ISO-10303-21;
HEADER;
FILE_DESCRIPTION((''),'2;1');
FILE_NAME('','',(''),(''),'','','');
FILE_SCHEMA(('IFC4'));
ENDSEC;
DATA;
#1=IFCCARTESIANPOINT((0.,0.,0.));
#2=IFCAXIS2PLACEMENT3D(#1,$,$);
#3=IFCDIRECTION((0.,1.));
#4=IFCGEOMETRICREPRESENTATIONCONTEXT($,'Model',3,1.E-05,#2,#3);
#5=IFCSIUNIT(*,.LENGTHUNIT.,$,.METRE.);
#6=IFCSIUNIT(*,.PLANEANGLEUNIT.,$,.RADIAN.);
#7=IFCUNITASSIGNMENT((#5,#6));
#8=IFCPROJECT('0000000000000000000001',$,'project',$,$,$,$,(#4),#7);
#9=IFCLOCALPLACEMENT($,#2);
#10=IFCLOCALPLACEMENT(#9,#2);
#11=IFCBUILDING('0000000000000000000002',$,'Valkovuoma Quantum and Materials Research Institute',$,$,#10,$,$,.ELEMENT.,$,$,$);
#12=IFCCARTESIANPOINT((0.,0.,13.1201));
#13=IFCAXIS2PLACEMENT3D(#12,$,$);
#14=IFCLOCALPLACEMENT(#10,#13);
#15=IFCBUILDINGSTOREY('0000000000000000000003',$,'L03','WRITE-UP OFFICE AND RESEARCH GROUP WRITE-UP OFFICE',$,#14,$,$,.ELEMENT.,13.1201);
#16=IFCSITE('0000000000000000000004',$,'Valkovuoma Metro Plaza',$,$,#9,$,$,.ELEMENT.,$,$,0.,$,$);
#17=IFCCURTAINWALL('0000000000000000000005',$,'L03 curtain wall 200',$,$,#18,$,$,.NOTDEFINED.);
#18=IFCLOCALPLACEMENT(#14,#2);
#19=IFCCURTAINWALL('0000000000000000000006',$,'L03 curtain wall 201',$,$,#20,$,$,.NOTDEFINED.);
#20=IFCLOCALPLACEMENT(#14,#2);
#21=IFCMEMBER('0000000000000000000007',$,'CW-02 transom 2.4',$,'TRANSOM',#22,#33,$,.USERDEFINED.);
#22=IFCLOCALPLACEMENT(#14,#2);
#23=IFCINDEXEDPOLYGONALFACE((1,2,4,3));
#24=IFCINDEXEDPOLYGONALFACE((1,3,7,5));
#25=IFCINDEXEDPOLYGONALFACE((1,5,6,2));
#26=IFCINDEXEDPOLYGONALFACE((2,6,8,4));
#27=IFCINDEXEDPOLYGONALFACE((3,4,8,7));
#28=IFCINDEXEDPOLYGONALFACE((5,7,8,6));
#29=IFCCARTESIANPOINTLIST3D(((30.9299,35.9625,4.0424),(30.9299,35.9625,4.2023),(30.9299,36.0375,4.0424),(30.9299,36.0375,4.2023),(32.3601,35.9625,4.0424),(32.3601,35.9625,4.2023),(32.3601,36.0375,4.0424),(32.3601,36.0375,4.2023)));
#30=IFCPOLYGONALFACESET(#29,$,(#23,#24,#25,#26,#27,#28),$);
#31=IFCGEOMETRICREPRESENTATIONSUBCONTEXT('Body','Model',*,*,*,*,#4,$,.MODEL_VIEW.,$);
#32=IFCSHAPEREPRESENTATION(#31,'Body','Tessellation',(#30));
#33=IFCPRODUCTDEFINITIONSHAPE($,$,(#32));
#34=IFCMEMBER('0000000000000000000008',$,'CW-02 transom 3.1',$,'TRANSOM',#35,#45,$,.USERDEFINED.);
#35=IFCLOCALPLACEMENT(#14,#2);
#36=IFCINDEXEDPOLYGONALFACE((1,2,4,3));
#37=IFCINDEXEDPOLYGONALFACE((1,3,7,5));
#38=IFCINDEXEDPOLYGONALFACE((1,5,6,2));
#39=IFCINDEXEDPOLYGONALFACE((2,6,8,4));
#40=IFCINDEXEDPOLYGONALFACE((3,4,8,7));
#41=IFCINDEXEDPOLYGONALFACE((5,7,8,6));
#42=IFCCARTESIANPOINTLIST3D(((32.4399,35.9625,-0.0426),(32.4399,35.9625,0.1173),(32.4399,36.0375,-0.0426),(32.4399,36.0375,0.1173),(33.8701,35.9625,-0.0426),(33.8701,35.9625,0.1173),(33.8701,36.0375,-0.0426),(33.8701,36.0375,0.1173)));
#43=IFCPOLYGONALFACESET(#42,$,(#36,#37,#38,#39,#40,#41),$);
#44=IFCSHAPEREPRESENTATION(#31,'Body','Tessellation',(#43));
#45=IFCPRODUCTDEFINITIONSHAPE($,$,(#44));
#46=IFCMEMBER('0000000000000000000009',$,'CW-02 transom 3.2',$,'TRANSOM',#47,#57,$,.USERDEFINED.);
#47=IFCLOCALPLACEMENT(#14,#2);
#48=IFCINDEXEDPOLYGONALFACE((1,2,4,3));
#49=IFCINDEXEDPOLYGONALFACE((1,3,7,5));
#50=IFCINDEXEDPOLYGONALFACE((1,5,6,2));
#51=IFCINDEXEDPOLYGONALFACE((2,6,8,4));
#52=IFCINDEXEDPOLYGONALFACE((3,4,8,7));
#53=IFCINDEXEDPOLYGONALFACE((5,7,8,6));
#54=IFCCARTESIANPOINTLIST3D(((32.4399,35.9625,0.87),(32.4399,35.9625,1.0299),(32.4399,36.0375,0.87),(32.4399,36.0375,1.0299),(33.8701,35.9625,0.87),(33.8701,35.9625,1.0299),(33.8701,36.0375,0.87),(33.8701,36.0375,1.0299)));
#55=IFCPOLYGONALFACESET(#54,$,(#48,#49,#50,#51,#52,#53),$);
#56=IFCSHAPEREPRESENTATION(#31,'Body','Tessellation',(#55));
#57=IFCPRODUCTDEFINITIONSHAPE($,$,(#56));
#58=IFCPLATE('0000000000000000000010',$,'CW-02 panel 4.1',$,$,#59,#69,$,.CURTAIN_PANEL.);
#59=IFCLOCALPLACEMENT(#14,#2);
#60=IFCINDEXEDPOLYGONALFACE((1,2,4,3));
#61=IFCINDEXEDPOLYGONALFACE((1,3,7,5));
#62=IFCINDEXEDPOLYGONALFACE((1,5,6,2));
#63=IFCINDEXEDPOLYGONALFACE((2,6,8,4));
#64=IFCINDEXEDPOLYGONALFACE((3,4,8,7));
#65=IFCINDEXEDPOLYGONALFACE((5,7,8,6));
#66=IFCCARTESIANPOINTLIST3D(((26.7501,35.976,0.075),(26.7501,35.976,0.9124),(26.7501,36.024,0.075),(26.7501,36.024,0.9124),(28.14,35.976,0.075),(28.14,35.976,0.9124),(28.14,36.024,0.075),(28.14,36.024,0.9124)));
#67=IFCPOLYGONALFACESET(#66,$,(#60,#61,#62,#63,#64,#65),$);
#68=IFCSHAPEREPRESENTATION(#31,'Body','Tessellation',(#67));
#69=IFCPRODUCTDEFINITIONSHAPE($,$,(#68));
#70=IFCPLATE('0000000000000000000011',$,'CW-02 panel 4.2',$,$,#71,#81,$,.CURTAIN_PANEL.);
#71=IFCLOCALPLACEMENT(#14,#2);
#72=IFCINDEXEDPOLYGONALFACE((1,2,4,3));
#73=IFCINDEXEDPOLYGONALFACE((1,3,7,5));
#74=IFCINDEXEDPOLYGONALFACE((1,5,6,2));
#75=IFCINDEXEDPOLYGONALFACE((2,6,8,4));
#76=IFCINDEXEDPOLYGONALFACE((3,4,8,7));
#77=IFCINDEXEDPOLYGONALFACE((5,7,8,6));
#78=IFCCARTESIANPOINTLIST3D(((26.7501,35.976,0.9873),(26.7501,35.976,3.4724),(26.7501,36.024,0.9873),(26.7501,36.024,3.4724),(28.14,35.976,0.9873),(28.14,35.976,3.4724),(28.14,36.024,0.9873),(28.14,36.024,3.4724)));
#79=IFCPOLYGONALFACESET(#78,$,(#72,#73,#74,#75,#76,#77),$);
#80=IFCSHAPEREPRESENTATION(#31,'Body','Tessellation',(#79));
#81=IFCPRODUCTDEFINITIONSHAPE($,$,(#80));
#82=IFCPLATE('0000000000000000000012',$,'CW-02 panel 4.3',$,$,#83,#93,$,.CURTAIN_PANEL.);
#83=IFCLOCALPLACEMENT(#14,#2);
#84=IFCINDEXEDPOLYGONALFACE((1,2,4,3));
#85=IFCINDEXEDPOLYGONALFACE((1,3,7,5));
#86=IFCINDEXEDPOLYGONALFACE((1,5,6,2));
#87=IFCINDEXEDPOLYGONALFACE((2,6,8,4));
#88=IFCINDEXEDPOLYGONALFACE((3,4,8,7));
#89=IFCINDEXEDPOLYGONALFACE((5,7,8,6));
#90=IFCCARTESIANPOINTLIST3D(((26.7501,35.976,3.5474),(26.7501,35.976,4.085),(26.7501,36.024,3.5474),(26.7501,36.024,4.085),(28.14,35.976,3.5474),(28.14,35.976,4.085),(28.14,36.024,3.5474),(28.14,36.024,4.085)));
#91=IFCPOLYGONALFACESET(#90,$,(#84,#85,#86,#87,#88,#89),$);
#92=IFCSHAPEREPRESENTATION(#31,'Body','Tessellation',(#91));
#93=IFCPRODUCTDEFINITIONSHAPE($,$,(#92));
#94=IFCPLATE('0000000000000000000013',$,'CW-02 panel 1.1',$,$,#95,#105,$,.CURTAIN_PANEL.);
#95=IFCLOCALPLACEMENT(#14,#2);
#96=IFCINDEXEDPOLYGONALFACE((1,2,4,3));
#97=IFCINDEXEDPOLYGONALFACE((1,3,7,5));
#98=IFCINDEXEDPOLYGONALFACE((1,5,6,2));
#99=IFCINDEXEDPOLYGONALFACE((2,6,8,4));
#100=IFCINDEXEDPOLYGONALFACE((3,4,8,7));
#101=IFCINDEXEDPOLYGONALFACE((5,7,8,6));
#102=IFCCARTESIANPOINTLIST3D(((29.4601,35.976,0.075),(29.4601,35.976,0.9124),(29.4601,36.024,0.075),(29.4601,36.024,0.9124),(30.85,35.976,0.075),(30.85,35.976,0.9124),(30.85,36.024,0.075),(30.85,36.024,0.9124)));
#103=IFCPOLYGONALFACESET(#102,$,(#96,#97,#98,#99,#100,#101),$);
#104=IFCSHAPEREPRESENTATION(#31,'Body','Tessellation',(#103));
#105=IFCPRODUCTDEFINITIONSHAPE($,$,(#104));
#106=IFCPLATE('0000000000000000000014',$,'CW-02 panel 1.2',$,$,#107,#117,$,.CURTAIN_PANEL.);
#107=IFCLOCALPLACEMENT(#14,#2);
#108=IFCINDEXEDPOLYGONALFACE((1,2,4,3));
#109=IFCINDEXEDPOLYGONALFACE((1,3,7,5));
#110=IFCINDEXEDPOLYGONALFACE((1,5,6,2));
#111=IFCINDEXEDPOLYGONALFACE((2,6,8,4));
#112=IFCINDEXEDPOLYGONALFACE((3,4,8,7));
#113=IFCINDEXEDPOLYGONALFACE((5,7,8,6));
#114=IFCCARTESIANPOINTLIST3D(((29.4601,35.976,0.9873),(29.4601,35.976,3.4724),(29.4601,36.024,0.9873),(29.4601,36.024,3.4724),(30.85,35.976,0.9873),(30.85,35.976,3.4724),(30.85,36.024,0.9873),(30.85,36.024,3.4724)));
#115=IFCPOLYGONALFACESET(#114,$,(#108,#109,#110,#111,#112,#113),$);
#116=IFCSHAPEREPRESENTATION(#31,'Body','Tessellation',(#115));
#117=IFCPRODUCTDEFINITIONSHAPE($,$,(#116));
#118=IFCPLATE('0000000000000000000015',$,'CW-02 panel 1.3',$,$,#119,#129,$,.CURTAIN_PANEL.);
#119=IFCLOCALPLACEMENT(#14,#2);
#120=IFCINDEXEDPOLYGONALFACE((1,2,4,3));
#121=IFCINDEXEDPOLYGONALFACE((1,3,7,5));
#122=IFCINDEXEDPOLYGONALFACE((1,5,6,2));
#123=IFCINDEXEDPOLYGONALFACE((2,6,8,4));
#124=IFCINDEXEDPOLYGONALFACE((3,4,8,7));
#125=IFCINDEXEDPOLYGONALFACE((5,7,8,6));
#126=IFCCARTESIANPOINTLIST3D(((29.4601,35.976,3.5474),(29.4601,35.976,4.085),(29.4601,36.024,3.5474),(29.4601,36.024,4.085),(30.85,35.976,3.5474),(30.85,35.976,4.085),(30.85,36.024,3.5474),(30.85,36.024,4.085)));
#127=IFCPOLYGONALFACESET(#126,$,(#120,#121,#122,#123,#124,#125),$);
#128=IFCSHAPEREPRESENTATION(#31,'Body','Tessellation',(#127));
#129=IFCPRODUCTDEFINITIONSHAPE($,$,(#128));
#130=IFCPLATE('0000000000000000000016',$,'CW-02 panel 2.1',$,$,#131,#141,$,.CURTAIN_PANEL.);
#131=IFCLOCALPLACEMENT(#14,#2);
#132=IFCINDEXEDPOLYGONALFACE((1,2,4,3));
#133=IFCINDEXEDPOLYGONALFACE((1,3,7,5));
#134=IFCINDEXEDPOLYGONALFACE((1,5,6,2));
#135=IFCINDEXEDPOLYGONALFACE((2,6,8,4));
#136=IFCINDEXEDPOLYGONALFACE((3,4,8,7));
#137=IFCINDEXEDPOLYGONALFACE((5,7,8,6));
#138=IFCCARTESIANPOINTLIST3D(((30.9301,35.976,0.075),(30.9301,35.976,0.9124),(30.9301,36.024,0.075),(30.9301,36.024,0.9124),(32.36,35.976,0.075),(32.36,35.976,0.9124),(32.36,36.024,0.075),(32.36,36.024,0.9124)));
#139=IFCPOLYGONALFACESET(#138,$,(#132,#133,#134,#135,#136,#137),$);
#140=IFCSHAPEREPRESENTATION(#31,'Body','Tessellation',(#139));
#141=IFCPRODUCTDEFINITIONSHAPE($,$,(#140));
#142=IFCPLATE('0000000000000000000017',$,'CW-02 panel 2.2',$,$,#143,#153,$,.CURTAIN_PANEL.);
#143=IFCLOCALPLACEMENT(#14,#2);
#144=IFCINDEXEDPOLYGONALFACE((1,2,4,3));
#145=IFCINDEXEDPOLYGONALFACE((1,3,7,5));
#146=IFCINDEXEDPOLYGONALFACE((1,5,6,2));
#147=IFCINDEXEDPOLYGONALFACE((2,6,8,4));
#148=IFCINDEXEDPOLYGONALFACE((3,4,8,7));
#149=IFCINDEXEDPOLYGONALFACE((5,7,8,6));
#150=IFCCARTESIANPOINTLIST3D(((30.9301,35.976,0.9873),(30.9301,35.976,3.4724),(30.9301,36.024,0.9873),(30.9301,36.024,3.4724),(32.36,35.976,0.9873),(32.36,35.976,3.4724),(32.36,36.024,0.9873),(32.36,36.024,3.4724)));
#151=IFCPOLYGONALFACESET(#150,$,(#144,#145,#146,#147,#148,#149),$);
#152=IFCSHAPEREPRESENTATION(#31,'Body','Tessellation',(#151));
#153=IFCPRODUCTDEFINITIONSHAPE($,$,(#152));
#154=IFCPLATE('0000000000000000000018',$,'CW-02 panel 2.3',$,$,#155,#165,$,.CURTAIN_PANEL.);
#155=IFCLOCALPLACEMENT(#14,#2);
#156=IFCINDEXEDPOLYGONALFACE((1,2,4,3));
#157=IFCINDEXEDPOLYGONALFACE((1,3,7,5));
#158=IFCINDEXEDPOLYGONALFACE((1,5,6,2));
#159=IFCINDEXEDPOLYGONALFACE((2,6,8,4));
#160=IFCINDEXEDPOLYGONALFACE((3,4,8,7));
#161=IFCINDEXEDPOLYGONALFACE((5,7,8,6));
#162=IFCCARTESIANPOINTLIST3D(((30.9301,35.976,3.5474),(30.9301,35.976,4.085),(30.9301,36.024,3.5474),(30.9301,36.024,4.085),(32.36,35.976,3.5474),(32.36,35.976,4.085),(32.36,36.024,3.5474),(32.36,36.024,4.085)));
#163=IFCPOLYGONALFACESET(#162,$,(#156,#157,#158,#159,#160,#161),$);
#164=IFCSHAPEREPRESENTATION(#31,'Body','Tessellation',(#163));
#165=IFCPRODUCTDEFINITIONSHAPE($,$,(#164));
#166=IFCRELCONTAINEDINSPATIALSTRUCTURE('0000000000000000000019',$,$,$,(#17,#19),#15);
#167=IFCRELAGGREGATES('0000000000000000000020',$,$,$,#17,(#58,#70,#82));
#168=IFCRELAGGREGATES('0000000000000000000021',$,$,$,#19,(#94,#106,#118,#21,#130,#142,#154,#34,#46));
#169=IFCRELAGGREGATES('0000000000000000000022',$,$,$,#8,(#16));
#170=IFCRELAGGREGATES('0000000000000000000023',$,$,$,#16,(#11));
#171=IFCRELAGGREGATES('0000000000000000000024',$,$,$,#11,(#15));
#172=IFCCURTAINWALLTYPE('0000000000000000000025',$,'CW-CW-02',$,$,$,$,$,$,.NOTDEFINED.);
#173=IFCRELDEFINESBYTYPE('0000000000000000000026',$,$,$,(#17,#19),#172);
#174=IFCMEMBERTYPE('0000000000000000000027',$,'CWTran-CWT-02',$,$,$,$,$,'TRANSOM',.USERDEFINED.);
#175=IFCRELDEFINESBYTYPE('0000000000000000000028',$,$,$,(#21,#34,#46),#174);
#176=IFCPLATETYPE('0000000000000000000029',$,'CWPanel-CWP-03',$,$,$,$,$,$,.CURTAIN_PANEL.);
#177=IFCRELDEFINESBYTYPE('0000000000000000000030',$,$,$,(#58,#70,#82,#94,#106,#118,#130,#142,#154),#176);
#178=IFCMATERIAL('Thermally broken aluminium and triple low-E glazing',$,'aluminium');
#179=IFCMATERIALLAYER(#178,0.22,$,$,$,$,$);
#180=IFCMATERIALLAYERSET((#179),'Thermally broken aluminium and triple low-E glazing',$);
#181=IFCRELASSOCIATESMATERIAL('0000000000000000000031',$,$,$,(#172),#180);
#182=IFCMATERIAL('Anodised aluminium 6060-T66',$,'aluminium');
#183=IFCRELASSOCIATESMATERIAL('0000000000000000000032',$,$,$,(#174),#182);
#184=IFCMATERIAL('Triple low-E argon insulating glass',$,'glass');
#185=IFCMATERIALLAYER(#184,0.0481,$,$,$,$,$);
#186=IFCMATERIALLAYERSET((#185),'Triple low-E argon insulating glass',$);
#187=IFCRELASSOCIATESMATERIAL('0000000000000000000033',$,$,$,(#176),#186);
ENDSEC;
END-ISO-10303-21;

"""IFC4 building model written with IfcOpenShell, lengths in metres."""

from ifc_helpers import new_model, si_unit, direction, frame, origin, origin_2d, place, context, subcontext, project, spatial, rectangle, extrude, material, layer, layer_set, material_profile, profile_set, type_object, element, aggregate, save


model = new_model("IFC4")

# Units and contexts
model_context = context("Model", 3, precision=1e-05, world=origin(), true_north=direction((0.0, 1.0)))
body_context = subcontext(model_context, "Body", "Model", "MODEL_VIEW")
ifc_project = project(units=[si_unit("LENGTHUNIT", "METRE"), si_unit("PLANEANGLEUNIT", "RADIAN")], contexts=[model_context])

# Site, building, storey
site_placement = place(None, origin())
site = spatial("IfcSite", under=ifc_project, at=site_placement, Name="Valkovuoma Metro Plaza", CompositionType="ELEMENT", RefElevation=0.0)
building_placement = place(site_placement, origin())
building = spatial("IfcBuilding", under=site, at=building_placement, Name="Valkovuoma Quantum and Materials Research Institute", CompositionType="ELEMENT")
storey_placement = place(building_placement, frame((0.0, 0.0, 13.1201)))
storey = spatial("IfcBuildingStorey", under=building, at=storey_placement, Name="L03", Description="WRITE-UP OFFICE AND RESEARCH GROUP WRITE-UP OFFICE", CompositionType="ELEMENT", Elevation=13.1201)

# Curtain walls
ifc_material_1 = material(Name="Thermally broken aluminium and triple low-E glazing", Category="aluminium")
ifc_layer_1 = layer(ifc_material_1, 0.22)
ifc_layer_set_1 = layer_set([ifc_layer_1], Name="Thermally broken aluminium and triple low-E glazing")
curtain_wall_type = type_object("IfcCurtainWallType", Name="CW-CW-02", PredefinedType="NOTDEFINED", material=ifc_layer_set_1)
curtain_wall_1_placement = place(storey_placement, origin())
curtain_wall_1 = element("IfcCurtainWall", 1, at=curtain_wall_1_placement, inside=storey, type_object=curtain_wall_type, Name="L03 curtain wall 200", PredefinedType="NOTDEFINED")
curtain_wall_2_placement = place(storey_placement, origin())
curtain_wall_2 = element("IfcCurtainWall", 2, at=curtain_wall_2_placement, inside=storey, type_object=curtain_wall_type, Name="L03 curtain wall 201", PredefinedType="NOTDEFINED")

# Members
ifc_material_2 = material(Name="Anodised aluminium 6060-T66", Category="aluminium")
ifc_material_profile_1 = material_profile(ifc_material_2, rectangle(XDim=0.075, YDim=0.1599, at=origin_2d()), Name="Anodised aluminium 6060-T66")
ifc_profile_set_1 = profile_set([ifc_material_profile_1], Name="Anodised aluminium 6060-T66")
member_type_1 = type_object("IfcMemberType", Name="CWTran-CWT-02", ElementType="TRANSOM", PredefinedType="USERDEFINED", material=ifc_profile_set_1)
member_1_placement = place(storey_placement, frame((30.9299, 36.0, 4.1223), z_axis=(1.0, 0.0, 0.0), x_axis=(0.0, 1.0, 0.0)))
member_1 = element("IfcMember", 3, at=member_1_placement, type_object=member_type_1, Name="CW-02 transom 2.4", ObjectType="TRANSOM", PredefinedType="USERDEFINED", context=body_context, shape_type="SweptSolid", body=[
    extrude(rectangle(XDim=0.075, YDim=0.1599, at=origin_2d()), origin(), (0.0, 0.0, 1.0), 1.4302),
])
member_2_placement = place(storey_placement, frame((32.4399, 36.0, 0.0374), z_axis=(1.0, 0.0, 0.0), x_axis=(0.0, 1.0, 0.0)))
member_2 = element("IfcMember", 4, at=member_2_placement, type_object=member_type_1, Name="CW-02 transom 3.1", ObjectType="TRANSOM", PredefinedType="USERDEFINED", context=body_context, shape_type="SweptSolid", body=[
    extrude(rectangle(XDim=0.075, YDim=0.1599, at=origin_2d()), origin(), (0.0, 0.0, 1.0), 1.4302),
])
member_3_placement = place(storey_placement, frame((32.4399, 36.0, 0.95), z_axis=(1.0, 0.0, 0.0), x_axis=(0.0, 1.0, 0.0)))
member_3 = element("IfcMember", 5, at=member_3_placement, type_object=member_type_1, Name="CW-02 transom 3.2", ObjectType="TRANSOM", PredefinedType="USERDEFINED", context=body_context, shape_type="SweptSolid", body=[
    extrude(rectangle(XDim=0.075, YDim=0.1599, at=origin_2d()), origin(), (0.0, 0.0, 1.0), 1.4302),
])

# Plates
ifc_material_3 = material(Name="Triple low-E argon insulating glass", Category="glass")
ifc_layer_2 = layer(ifc_material_3, 0.0481)
ifc_layer_set_2 = layer_set([ifc_layer_2], Name="Triple low-E argon insulating glass")
plate_type = type_object("IfcPlateType", Name="CWPanel-CWP-03", PredefinedType="CURTAIN_PANEL", material=ifc_layer_set_2)
plate_1_placement = place(storey_placement, frame((27.4451, 36.0, 0.075), z_axis=(0.0, 0.0, 1.0), x_axis=(1.0, 0.0, 0.0)))
plate_1 = element("IfcPlate", 6, at=plate_1_placement, type_object=plate_type, Name="CW-02 panel 4.1", PredefinedType="CURTAIN_PANEL", context=body_context, shape_type="SweptSolid", body=[
    extrude(rectangle(XDim=1.3899, YDim=0.0481, at=origin_2d()), origin(), (0.0, 0.0, 1.0), 0.8374),
])
plate_2_placement = place(storey_placement, frame((27.4451, 36.0, 0.9873), z_axis=(0.0, 0.0, 1.0), x_axis=(1.0, 0.0, 0.0)))
plate_2 = element("IfcPlate", 7, at=plate_2_placement, type_object=plate_type, Name="CW-02 panel 4.2", PredefinedType="CURTAIN_PANEL", context=body_context, shape_type="SweptSolid", body=[
    extrude(rectangle(XDim=1.3899, YDim=0.0481, at=origin_2d()), origin(), (0.0, 0.0, 1.0), 2.4851),
])
plate_3_placement = place(storey_placement, frame((27.4451, 36.0, 3.5474), z_axis=(0.0, 0.0, 1.0), x_axis=(1.0, 0.0, 0.0)))
plate_3 = element("IfcPlate", 8, at=plate_3_placement, type_object=plate_type, Name="CW-02 panel 4.3", PredefinedType="CURTAIN_PANEL", context=body_context, shape_type="SweptSolid", body=[
    extrude(rectangle(XDim=1.3899, YDim=0.0481, at=origin_2d()), origin(), (0.0, 0.0, 1.0), 0.5376),
])
aggregate(curtain_wall_1, [plate_1, plate_2, plate_3])
plate_4_placement = place(storey_placement, frame((30.155, 36.0, 0.075), z_axis=(0.0, 0.0, 1.0), x_axis=(1.0, 0.0, 0.0)))
plate_4 = element("IfcPlate", 9, at=plate_4_placement, type_object=plate_type, Name="CW-02 panel 1.1", PredefinedType="CURTAIN_PANEL", context=body_context, shape_type="SweptSolid", body=[
    extrude(rectangle(XDim=1.3899, YDim=0.0481, at=origin_2d()), origin(), (0.0, 0.0, 1.0), 0.8374),
])
plate_5_placement = place(storey_placement, frame((30.155, 36.0, 0.9873), z_axis=(0.0, 0.0, 1.0), x_axis=(1.0, 0.0, 0.0)))
plate_5 = element("IfcPlate", 10, at=plate_5_placement, type_object=plate_type, Name="CW-02 panel 1.2", PredefinedType="CURTAIN_PANEL", context=body_context, shape_type="SweptSolid", body=[
    extrude(rectangle(XDim=1.3899, YDim=0.0481, at=origin_2d()), origin(), (0.0, 0.0, 1.0), 2.4851),
])
plate_6_placement = place(storey_placement, frame((30.155, 36.0, 3.5474), z_axis=(0.0, 0.0, 1.0), x_axis=(1.0, 0.0, 0.0)))
plate_6 = element("IfcPlate", 11, at=plate_6_placement, type_object=plate_type, Name="CW-02 panel 1.3", PredefinedType="CURTAIN_PANEL", context=body_context, shape_type="SweptSolid", body=[
    extrude(rectangle(XDim=1.3899, YDim=0.0481, at=origin_2d()), origin(), (0.0, 0.0, 1.0), 0.5376),
])
plate_7_placement = place(storey_placement, frame((31.645, 36.0, 0.075), z_axis=(0.0, 0.0, 1.0), x_axis=(1.0, 0.0, 0.0)))
plate_7 = element("IfcPlate", 12, at=plate_7_placement, type_object=plate_type, Name="CW-02 panel 2.1", PredefinedType="CURTAIN_PANEL", context=body_context, shape_type="SweptSolid", body=[
    extrude(rectangle(XDim=1.4299, YDim=0.0481, at=origin_2d()), origin(), (0.0, 0.0, 1.0), 0.8374),
])
plate_8_placement = place(storey_placement, frame((31.645, 36.0, 0.9873), z_axis=(0.0, 0.0, 1.0), x_axis=(1.0, 0.0, 0.0)))
plate_8 = element("IfcPlate", 13, at=plate_8_placement, type_object=plate_type, Name="CW-02 panel 2.2", PredefinedType="CURTAIN_PANEL", context=body_context, shape_type="SweptSolid", body=[
    extrude(rectangle(XDim=1.4299, YDim=0.0481, at=origin_2d()), origin(), (0.0, 0.0, 1.0), 2.4851),
])
plate_9_placement = place(storey_placement, frame((31.645, 36.0, 3.5474), z_axis=(0.0, 0.0, 1.0), x_axis=(1.0, 0.0, 0.0)))
plate_9 = element("IfcPlate", 14, at=plate_9_placement, type_object=plate_type, Name="CW-02 panel 2.3", PredefinedType="CURTAIN_PANEL", context=body_context, shape_type="SweptSolid", body=[
    extrude(rectangle(XDim=1.4299, YDim=0.0481, at=origin_2d()), origin(), (0.0, 0.0, 1.0), 0.5376),
])
aggregate(curtain_wall_2, [plate_4, plate_5, plate_6, member_1, plate_7, plate_8, plate_9, member_2, member_3])

save(model, "model.ifc")
